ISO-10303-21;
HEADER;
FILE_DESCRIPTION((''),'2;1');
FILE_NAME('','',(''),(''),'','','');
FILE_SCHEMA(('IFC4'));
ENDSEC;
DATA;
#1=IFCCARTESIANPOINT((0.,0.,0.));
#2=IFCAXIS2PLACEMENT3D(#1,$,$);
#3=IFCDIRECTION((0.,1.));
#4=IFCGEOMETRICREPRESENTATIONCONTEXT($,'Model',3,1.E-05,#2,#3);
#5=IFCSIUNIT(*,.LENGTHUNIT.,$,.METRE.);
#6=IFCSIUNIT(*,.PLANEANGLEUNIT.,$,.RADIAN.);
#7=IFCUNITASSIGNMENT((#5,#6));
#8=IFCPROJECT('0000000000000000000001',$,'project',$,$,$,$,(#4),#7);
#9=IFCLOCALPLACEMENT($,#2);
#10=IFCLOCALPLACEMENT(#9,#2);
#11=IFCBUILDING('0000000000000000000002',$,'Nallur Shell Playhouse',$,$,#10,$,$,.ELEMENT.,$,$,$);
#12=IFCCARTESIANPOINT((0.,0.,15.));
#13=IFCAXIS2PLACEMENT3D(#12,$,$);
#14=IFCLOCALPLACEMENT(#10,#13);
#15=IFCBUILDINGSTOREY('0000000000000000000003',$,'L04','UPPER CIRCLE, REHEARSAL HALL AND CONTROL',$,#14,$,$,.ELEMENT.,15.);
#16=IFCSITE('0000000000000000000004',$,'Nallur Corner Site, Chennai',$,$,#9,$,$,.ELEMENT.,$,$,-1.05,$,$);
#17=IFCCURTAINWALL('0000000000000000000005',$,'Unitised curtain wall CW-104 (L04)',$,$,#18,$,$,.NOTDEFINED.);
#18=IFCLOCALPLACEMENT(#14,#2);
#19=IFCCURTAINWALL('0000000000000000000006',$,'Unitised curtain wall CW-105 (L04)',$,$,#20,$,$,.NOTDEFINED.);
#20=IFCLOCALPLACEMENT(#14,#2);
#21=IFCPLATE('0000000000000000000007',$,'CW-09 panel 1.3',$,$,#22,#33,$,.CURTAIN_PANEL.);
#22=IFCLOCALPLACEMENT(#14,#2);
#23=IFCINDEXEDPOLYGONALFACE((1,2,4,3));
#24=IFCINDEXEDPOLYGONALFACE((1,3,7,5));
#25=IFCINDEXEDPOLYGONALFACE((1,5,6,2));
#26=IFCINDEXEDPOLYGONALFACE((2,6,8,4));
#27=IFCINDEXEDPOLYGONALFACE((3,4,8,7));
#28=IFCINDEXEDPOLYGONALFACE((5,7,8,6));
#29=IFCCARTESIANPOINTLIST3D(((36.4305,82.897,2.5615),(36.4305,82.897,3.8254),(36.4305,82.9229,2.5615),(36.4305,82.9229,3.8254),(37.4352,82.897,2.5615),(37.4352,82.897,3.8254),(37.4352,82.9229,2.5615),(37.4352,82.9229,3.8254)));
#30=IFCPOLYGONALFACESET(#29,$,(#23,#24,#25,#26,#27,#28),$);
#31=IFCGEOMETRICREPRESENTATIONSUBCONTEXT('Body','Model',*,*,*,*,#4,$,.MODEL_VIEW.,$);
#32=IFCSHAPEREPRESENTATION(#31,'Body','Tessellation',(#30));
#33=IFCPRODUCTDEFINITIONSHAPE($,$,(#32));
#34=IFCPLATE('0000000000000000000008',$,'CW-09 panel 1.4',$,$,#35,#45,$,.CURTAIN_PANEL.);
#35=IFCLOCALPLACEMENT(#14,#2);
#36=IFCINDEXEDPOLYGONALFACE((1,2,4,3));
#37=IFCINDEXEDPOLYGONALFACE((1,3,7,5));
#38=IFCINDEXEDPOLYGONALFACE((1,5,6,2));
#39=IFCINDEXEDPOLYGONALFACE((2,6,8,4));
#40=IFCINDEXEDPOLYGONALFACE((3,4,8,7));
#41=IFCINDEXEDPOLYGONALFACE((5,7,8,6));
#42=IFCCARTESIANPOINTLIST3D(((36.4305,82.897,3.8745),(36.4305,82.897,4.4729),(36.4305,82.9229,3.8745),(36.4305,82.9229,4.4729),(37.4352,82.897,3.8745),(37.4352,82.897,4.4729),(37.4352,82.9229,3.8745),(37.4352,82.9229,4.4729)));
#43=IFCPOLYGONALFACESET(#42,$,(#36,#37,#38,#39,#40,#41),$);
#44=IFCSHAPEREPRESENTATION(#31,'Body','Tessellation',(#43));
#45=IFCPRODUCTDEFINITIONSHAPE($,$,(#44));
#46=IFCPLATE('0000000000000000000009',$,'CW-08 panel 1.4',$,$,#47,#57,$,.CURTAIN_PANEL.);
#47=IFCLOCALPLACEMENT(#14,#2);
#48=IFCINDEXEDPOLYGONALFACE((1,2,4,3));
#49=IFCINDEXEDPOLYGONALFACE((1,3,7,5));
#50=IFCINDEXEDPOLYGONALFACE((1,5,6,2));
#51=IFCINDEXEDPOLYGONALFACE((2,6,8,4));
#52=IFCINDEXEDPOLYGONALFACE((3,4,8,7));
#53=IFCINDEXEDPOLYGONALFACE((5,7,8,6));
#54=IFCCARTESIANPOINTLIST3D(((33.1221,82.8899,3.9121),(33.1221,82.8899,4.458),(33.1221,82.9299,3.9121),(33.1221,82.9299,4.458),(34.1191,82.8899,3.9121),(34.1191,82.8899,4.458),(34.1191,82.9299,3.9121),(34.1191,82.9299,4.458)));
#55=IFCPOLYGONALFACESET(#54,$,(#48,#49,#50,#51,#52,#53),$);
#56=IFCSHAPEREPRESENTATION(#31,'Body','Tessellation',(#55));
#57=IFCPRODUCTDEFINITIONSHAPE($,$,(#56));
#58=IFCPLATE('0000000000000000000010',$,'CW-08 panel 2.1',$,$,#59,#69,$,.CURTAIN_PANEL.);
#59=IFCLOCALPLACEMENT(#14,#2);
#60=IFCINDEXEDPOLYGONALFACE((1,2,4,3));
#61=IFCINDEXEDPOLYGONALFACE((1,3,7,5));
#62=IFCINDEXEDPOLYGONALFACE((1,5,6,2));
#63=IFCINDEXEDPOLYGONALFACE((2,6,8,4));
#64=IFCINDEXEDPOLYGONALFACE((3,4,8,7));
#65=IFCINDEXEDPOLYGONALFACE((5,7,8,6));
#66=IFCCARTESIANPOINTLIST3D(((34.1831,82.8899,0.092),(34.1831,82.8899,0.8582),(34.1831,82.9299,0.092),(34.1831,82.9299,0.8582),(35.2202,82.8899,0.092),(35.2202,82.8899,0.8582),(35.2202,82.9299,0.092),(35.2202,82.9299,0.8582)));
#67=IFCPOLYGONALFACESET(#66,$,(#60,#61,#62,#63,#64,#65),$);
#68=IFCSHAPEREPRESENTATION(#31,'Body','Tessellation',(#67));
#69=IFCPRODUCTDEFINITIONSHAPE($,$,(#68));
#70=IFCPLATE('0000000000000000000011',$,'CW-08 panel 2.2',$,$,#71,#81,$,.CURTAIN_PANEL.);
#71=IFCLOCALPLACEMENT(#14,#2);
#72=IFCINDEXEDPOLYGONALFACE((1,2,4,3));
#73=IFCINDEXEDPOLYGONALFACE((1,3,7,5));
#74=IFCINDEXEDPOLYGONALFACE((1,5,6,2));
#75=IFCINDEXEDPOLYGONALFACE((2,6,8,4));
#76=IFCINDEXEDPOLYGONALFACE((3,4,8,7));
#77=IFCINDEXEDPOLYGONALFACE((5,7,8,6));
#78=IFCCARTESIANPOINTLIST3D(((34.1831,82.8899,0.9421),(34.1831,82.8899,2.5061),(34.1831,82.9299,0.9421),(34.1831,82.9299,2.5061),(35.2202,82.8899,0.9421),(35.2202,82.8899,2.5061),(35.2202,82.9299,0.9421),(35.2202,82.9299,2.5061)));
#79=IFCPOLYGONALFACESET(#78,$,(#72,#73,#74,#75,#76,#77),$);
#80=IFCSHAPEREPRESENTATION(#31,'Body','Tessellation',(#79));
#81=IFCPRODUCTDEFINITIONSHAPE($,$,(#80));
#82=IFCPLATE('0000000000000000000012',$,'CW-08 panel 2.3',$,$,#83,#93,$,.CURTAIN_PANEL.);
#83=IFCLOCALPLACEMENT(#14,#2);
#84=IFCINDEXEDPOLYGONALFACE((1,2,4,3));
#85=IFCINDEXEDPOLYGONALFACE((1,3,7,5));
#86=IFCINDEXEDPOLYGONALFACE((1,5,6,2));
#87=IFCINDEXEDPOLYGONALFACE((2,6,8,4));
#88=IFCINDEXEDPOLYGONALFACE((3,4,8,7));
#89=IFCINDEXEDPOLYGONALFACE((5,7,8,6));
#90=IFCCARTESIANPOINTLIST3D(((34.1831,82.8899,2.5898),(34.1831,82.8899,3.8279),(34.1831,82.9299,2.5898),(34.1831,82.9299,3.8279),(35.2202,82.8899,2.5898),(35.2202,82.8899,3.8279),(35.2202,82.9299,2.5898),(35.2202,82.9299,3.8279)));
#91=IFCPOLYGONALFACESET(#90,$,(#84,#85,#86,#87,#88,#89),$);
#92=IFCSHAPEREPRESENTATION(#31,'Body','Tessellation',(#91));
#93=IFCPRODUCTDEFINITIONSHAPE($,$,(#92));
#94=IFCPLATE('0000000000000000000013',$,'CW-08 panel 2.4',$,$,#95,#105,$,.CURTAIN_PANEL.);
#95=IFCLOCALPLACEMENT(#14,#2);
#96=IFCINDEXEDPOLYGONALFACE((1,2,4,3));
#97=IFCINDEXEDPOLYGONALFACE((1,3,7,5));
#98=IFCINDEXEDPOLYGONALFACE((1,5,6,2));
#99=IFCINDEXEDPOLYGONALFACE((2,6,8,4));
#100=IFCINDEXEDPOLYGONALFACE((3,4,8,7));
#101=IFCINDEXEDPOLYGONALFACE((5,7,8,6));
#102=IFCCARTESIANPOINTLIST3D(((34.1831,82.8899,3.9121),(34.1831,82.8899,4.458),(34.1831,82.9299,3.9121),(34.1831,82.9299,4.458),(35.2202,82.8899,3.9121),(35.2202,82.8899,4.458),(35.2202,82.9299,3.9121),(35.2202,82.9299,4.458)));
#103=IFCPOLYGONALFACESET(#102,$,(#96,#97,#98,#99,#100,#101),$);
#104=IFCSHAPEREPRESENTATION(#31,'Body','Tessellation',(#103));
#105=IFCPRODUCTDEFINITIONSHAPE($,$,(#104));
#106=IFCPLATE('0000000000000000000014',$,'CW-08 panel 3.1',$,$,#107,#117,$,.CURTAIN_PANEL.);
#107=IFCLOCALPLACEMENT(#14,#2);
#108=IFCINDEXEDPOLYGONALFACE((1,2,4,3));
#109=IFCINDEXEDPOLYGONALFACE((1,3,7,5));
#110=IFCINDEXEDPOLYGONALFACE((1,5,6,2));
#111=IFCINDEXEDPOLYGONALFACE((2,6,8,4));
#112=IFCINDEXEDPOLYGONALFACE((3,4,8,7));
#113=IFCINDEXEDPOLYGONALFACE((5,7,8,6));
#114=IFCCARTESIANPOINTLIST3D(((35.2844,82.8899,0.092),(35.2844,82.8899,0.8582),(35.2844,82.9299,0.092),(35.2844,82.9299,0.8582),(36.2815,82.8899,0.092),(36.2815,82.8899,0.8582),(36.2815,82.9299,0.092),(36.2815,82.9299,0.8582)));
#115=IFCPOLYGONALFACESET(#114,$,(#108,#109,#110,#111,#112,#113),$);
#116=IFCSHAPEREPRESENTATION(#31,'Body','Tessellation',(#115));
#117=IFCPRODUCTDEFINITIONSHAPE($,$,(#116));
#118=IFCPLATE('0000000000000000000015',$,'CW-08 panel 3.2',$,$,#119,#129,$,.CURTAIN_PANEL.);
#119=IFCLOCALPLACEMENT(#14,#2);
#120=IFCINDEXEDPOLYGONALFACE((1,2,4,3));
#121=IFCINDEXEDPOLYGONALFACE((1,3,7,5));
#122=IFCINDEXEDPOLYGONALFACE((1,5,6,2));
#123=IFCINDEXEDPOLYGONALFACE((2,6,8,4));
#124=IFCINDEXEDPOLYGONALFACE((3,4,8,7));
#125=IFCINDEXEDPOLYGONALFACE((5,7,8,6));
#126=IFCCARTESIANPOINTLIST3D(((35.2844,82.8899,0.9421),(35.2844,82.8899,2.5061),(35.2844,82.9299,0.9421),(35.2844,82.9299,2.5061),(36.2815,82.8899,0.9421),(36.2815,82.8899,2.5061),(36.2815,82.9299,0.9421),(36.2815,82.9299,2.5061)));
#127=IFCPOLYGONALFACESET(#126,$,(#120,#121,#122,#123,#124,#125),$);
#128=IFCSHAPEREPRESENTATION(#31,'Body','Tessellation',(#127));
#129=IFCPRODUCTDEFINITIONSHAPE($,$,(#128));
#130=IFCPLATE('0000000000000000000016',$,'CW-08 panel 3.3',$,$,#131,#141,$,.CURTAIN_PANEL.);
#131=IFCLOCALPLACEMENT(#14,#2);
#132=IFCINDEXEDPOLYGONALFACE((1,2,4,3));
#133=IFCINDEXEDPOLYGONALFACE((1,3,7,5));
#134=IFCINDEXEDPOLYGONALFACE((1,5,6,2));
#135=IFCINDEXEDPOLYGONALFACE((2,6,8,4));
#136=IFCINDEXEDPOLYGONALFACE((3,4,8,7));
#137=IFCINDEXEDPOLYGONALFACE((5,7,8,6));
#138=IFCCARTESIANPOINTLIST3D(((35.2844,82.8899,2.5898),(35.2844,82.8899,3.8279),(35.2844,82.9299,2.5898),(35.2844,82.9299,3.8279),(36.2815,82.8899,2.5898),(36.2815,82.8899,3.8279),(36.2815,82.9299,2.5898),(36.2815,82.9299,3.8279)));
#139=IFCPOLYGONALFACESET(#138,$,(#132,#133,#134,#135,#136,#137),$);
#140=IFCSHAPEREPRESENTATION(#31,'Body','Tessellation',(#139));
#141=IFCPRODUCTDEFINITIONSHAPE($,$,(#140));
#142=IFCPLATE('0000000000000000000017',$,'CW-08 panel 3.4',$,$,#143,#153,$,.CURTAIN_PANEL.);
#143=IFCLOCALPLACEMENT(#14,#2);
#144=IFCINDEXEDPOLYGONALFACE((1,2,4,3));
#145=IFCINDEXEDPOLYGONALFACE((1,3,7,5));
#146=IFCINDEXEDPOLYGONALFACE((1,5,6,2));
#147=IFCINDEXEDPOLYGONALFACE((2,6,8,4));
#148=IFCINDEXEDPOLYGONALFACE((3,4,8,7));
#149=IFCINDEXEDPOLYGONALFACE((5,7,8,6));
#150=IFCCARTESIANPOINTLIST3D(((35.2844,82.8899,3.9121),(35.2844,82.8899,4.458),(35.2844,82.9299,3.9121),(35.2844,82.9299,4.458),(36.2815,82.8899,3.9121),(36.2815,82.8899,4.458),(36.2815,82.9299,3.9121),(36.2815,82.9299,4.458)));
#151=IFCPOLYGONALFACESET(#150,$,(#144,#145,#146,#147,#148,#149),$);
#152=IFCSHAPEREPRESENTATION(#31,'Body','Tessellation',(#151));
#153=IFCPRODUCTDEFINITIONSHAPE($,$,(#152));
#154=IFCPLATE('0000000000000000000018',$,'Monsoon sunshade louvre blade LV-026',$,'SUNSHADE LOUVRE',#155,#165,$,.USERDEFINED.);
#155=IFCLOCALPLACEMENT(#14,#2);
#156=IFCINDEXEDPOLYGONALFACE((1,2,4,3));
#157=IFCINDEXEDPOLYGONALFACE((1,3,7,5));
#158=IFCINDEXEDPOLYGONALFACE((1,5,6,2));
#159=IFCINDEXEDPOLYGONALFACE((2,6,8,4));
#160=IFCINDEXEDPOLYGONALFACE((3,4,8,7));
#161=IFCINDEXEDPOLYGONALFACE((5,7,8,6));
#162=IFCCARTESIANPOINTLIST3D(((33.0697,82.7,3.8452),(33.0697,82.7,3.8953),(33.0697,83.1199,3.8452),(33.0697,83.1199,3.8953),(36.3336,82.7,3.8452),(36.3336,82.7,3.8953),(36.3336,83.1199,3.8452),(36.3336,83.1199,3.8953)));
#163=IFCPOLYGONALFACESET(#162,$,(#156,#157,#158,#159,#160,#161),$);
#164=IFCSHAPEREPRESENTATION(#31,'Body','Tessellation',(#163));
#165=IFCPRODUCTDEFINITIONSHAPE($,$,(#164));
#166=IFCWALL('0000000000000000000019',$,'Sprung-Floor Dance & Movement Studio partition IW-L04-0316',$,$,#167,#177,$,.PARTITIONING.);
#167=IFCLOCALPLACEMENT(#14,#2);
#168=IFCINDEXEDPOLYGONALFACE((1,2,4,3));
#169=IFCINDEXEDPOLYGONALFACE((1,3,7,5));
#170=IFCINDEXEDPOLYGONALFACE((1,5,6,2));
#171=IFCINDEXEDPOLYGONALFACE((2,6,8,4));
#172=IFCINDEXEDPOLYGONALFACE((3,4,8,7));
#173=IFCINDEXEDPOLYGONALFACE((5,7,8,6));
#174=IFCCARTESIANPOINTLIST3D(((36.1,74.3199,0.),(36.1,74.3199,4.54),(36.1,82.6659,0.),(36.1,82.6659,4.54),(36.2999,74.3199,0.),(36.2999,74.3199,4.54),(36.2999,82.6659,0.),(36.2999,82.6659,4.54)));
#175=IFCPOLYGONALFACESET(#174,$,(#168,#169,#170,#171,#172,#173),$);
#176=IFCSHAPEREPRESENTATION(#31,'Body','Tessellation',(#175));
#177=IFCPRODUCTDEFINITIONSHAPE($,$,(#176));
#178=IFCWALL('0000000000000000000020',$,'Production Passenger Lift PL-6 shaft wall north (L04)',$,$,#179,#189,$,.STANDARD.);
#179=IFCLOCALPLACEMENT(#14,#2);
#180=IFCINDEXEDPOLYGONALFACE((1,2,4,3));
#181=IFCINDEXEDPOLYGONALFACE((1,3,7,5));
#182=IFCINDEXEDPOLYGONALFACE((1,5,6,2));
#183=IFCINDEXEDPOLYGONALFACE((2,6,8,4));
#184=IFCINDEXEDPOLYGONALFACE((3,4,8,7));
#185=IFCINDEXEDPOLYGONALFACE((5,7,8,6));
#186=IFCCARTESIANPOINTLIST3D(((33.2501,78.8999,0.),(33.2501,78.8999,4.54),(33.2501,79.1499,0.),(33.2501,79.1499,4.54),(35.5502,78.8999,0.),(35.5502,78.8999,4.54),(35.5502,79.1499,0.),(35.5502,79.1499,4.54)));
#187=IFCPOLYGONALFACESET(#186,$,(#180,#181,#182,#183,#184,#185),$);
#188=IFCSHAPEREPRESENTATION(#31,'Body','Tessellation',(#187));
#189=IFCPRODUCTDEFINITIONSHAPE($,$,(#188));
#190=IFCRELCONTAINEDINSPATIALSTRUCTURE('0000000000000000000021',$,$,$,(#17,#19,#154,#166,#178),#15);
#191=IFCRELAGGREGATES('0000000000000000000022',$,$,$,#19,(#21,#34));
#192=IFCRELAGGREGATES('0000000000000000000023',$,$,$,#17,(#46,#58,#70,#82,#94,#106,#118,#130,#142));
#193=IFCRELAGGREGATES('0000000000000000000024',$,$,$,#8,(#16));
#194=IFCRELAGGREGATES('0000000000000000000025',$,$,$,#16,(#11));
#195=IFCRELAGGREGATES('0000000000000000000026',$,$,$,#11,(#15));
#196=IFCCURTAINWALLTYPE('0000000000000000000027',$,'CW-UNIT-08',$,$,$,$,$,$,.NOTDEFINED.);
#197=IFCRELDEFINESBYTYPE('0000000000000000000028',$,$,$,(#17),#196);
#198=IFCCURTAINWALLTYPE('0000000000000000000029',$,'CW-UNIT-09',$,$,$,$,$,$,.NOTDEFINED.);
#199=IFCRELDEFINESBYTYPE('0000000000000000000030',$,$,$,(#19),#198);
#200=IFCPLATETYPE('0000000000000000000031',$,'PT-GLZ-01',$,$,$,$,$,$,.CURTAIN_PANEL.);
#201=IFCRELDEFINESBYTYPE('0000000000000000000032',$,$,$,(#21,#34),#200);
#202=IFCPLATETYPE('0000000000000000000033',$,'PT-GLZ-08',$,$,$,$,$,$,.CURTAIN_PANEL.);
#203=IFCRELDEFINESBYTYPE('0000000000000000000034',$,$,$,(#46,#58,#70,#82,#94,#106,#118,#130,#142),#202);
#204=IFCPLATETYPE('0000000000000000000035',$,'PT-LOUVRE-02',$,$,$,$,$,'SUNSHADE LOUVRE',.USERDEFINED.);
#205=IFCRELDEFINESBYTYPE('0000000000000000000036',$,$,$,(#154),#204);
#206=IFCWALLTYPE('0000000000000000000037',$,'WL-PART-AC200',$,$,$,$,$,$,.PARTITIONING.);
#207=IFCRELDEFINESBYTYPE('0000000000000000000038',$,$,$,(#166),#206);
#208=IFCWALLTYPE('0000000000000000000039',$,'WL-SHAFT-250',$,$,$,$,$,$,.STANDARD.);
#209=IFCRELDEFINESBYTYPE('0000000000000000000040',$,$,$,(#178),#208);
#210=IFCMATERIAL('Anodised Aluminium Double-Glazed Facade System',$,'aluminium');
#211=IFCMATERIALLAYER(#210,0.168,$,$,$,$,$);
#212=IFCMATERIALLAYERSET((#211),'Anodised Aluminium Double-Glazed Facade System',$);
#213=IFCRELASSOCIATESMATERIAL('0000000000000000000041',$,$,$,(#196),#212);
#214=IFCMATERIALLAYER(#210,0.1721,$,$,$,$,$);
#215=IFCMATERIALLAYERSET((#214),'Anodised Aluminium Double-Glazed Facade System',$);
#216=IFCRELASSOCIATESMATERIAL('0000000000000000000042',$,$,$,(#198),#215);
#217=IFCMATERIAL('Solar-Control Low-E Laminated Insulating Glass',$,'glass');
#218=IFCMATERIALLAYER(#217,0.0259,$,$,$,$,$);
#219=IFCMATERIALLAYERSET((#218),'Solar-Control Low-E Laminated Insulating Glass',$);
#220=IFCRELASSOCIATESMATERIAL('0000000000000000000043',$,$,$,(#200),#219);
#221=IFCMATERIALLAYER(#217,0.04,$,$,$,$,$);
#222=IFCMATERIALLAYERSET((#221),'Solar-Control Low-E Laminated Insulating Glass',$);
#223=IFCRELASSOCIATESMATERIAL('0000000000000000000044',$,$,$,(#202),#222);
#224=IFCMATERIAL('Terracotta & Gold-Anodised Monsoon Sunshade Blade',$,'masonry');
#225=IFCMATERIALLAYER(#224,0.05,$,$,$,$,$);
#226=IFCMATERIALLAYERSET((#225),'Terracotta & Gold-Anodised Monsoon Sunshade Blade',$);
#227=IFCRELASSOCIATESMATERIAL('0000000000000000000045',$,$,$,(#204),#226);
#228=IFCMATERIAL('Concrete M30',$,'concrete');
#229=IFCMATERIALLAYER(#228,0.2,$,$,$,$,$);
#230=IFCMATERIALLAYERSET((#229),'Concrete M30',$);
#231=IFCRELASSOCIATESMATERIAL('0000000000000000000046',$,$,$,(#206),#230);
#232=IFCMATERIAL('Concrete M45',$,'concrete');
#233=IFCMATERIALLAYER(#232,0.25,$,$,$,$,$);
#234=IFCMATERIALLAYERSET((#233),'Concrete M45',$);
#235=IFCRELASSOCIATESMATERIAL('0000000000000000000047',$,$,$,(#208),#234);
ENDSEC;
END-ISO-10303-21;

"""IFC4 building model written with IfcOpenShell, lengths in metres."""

from ifc_helpers import new_model, si_unit, direction, frame, frame_2d, origin, origin_2d, place, context, subcontext, project, spatial, rectangle, extrude, material, layer, layer_set, type_object, element, aggregate, save


model = new_model("IFC4")

# Units and contexts
model_context = context("Model", 3, precision=1e-05, world=origin(), true_north=direction((0.0, 1.0)))
body_context = subcontext(model_context, "Body", "Model", "MODEL_VIEW")
ifc_project = project(units=[si_unit("LENGTHUNIT", "METRE"), si_unit("PLANEANGLEUNIT", "RADIAN")], contexts=[model_context])

# Site, building, storey
site_placement = place(None, origin())
site = spatial("IfcSite", under=ifc_project, at=site_placement, Name="Nallur Corner Site, Chennai", CompositionType="ELEMENT", RefElevation=-1.05)
building_placement = place(site_placement, origin())
building = spatial("IfcBuilding", under=site, at=building_placement, Name="Nallur Shell Playhouse", CompositionType="ELEMENT")
storey_placement = place(building_placement, frame((0.0, 0.0, 15.0)))
storey = spatial("IfcBuildingStorey", under=building, at=storey_placement, Name="L04", Description="UPPER CIRCLE, REHEARSAL HALL AND CONTROL", CompositionType="ELEMENT", Elevation=15.0)

# Curtain walls
ifc_material_1 = material(Name="Anodised Aluminium Double-Glazed Facade System", Category="aluminium")
ifc_layer_1 = layer(ifc_material_1, 0.168)
ifc_layer_set_1 = layer_set([ifc_layer_1], Name="Anodised Aluminium Double-Glazed Facade System")
curtain_wall_type_1 = type_object("IfcCurtainWallType", Name="CW-UNIT-08", PredefinedType="NOTDEFINED", material=ifc_layer_set_1)
curtain_wall_1_placement = place(storey_placement, origin())
curtain_wall_1 = element("IfcCurtainWall", 1, at=curtain_wall_1_placement, inside=storey, type_object=curtain_wall_type_1, Name="Unitised curtain wall CW-104 (L04)", PredefinedType="NOTDEFINED")
ifc_layer_2 = layer(ifc_material_1, 0.1721)
ifc_layer_set_2 = layer_set([ifc_layer_2], Name="Anodised Aluminium Double-Glazed Facade System")
curtain_wall_type_2 = type_object("IfcCurtainWallType", Name="CW-UNIT-09", PredefinedType="NOTDEFINED", material=ifc_layer_set_2)
curtain_wall_2_placement = place(storey_placement, origin())
curtain_wall_2 = element("IfcCurtainWall", 2, at=curtain_wall_2_placement, inside=storey, type_object=curtain_wall_type_2, Name="Unitised curtain wall CW-105 (L04)", PredefinedType="NOTDEFINED")

# Plates
ifc_material_2 = material(Name="Solar-Control Low-E Laminated Insulating Glass", Category="glass")
ifc_layer_3 = layer(ifc_material_2, 0.0259)
ifc_layer_set_3 = layer_set([ifc_layer_3], Name="Solar-Control Low-E Laminated Insulating Glass")
plate_type_1 = type_object("IfcPlateType", Name="PT-GLZ-01", PredefinedType="CURTAIN_PANEL", material=ifc_layer_set_3)
plate_1_placement = place(storey_placement, frame((36.9329, 82.9099, 2.5615), z_axis=(0.0, 0.0, 1.0), x_axis=(1.0, 0.0, 0.0)))
plate_1 = element("IfcPlate", 3, at=plate_1_placement, type_object=plate_type_1, Name="CW-09 panel 1.3", PredefinedType="CURTAIN_PANEL", context=body_context, shape_type="SweptSolid", body=[
    extrude(rectangle(XDim=1.0046, YDim=0.0259, at=origin_2d()), origin(), (0.0, 0.0, 1.0), 1.2639),
])
plate_2_placement = place(storey_placement, frame((36.9329, 82.9099, 3.8745), z_axis=(0.0, 0.0, 1.0), x_axis=(1.0, 0.0, 0.0)))
plate_2 = element("IfcPlate", 4, at=plate_2_placement, type_object=plate_type_1, Name="CW-09 panel 1.4", PredefinedType="CURTAIN_PANEL", context=body_context, shape_type="SweptSolid", body=[
    extrude(rectangle(XDim=1.0046, YDim=0.0259, at=origin_2d()), origin(), (0.0, 0.0, 1.0), 0.5984),
])
aggregate(curtain_wall_2, [plate_1, plate_2])
ifc_layer_4 = layer(ifc_material_2, 0.04)
ifc_layer_set_4 = layer_set([ifc_layer_4], Name="Solar-Control Low-E Laminated Insulating Glass")
plate_type_2 = type_object("IfcPlateType", Name="PT-GLZ-08", PredefinedType="CURTAIN_PANEL", material=ifc_layer_set_4)
plate_3_placement = place(storey_placement, frame((33.6206, 82.9099, 3.9121), z_axis=(0.0, 0.0, 1.0), x_axis=(1.0, 0.0, 0.0)))
plate_3 = element("IfcPlate", 5, at=plate_3_placement, type_object=plate_type_2, Name="CW-08 panel 1.4", PredefinedType="CURTAIN_PANEL", context=body_context, shape_type="SweptSolid", body=[
    extrude(rectangle(XDim=0.9971, YDim=0.04, at=origin_2d()), origin(), (0.0, 0.0, 1.0), 0.5459),
])
plate_4_placement = place(storey_placement, frame((34.7017, 82.9099, 0.092), z_axis=(0.0, 0.0, 1.0), x_axis=(1.0, 0.0, 0.0)))
plate_4 = element("IfcPlate", 6, at=plate_4_placement, type_object=plate_type_2, Name="CW-08 panel 2.1", PredefinedType="CURTAIN_PANEL", context=body_context, shape_type="SweptSolid", body=[
    extrude(rectangle(XDim=1.0371, YDim=0.04, at=origin_2d()), origin(), (0.0, 0.0, 1.0), 0.7661),
])
plate_5_placement = place(storey_placement, frame((34.7017, 82.9099, 0.9421), z_axis=(0.0, 0.0, 1.0), x_axis=(1.0, 0.0, 0.0)))
plate_5 = element("IfcPlate", 7, at=plate_5_placement, type_object=plate_type_2, Name="CW-08 panel 2.2", PredefinedType="CURTAIN_PANEL", context=body_context, shape_type="SweptSolid", body=[
    extrude(rectangle(XDim=1.0371, YDim=0.04, at=origin_2d()), origin(), (0.0, 0.0, 1.0), 1.564),
])
plate_6_placement = place(storey_placement, frame((34.7017, 82.9099, 2.5898), z_axis=(0.0, 0.0, 1.0), x_axis=(1.0, 0.0, 0.0)))
plate_6 = element("IfcPlate", 8, at=plate_6_placement, type_object=plate_type_2, Name="CW-08 panel 2.3", PredefinedType="CURTAIN_PANEL", context=body_context, shape_type="SweptSolid", body=[
    extrude(rectangle(XDim=1.0371, YDim=0.04, at=origin_2d()), origin(), (0.0, 0.0, 1.0), 1.238),
])
plate_7_placement = place(storey_placement, frame((34.7017, 82.9099, 3.9121), z_axis=(0.0, 0.0, 1.0), x_axis=(1.0, 0.0, 0.0)))
plate_7 = element("IfcPlate", 9, at=plate_7_placement, type_object=plate_type_2, Name="CW-08 panel 2.4", PredefinedType="CURTAIN_PANEL", context=body_context, shape_type="SweptSolid", body=[
    extrude(rectangle(XDim=1.0371, YDim=0.04, at=origin_2d()), origin(), (0.0, 0.0, 1.0), 0.5459),
])
plate_8_placement = place(storey_placement, frame((35.783, 82.9099, 0.092), z_axis=(0.0, 0.0, 1.0), x_axis=(1.0, 0.0, 0.0)))
plate_8 = element("IfcPlate", 10, at=plate_8_placement, type_object=plate_type_2, Name="CW-08 panel 3.1", PredefinedType="CURTAIN_PANEL", context=body_context, shape_type="SweptSolid", body=[
    extrude(rectangle(XDim=0.9971, YDim=0.04, at=origin_2d()), origin(), (0.0, 0.0, 1.0), 0.7661),
])
plate_9_placement = place(storey_placement, frame((35.783, 82.9099, 0.9421), z_axis=(0.0, 0.0, 1.0), x_axis=(1.0, 0.0, 0.0)))
plate_9 = element("IfcPlate", 11, at=plate_9_placement, type_object=plate_type_2, Name="CW-08 panel 3.2", PredefinedType="CURTAIN_PANEL", context=body_context, shape_type="SweptSolid", body=[
    extrude(rectangle(XDim=0.9971, YDim=0.04, at=origin_2d()), origin(), (0.0, 0.0, 1.0), 1.564),
])
plate_10_placement = place(storey_placement, frame((35.783, 82.9099, 2.5898), z_axis=(0.0, 0.0, 1.0), x_axis=(1.0, 0.0, 0.0)))
plate_10 = element("IfcPlate", 12, at=plate_10_placement, type_object=plate_type_2, Name="CW-08 panel 3.3", PredefinedType="CURTAIN_PANEL", context=body_context, shape_type="SweptSolid", body=[
    extrude(rectangle(XDim=0.9971, YDim=0.04, at=origin_2d()), origin(), (0.0, 0.0, 1.0), 1.238),
])
plate_11_placement = place(storey_placement, frame((35.783, 82.9099, 3.9121), z_axis=(0.0, 0.0, 1.0), x_axis=(1.0, 0.0, 0.0)))
plate_11 = element("IfcPlate", 13, at=plate_11_placement, type_object=plate_type_2, Name="CW-08 panel 3.4", PredefinedType="CURTAIN_PANEL", context=body_context, shape_type="SweptSolid", body=[
    extrude(rectangle(XDim=0.9971, YDim=0.04, at=origin_2d()), origin(), (0.0, 0.0, 1.0), 0.5459),
])
aggregate(curtain_wall_1, [plate_3, plate_4, plate_5, plate_6, plate_7, plate_8, plate_9, plate_10, plate_11])
ifc_material_3 = material(Name="Terracotta & Gold-Anodised Monsoon Sunshade Blade", Category="masonry")
ifc_layer_5 = layer(ifc_material_3, 0.05)
ifc_layer_set_5 = layer_set([ifc_layer_5], Name="Terracotta & Gold-Anodised Monsoon Sunshade Blade")
plate_type_3 = type_object("IfcPlateType", Name="PT-LOUVRE-02", ElementType="SUNSHADE LOUVRE", PredefinedType="USERDEFINED", material=ifc_layer_set_5)
plate_12_placement = place(storey_placement, frame((34.7017, 82.9099, 3.8452), z_axis=(0.0, 0.0, 1.0), x_axis=(1.0, 0.0, 0.0)))
element("IfcPlate", 14, at=plate_12_placement, inside=storey, type_object=plate_type_3, Name="Monsoon sunshade louvre blade LV-026", ObjectType="SUNSHADE LOUVRE", PredefinedType="USERDEFINED", context=body_context, shape_type="SweptSolid", body=[
    extrude(rectangle(XDim=3.2639, YDim=0.4199, at=origin_2d()), origin(), (0.0, 0.0, 1.0), 0.05),
])

# Walls
ifc_material_4 = material(Name="Concrete M30", Category="concrete")
ifc_layer_6 = layer(ifc_material_4, 0.2)
ifc_layer_set_6 = layer_set([ifc_layer_6], Name="Concrete M30")
wall_type_1 = type_object("IfcWallType", Name="WL-PART-AC200", PredefinedType="PARTITIONING", material=ifc_layer_set_6)
wall_1_placement = place(storey_placement, frame((36.2, 74.3201, 0.0), z_axis=(0.0, 0.0, 1.0), x_axis=(0.0, 1.0, 0.0)))
element("IfcWall", 15, at=wall_1_placement, inside=storey, type_object=wall_type_1, Name="Sprung-Floor Dance & Movement Studio partition IW-L04-0316", PredefinedType="PARTITIONING", context=body_context, shape_type="SweptSolid", body=[
    extrude(rectangle(XDim=8.3459, YDim=0.2, at=frame_2d((4.1729, 0.0))), origin(), (0.0, 0.0, 1.0), 4.54),
])
ifc_material_5 = material(Name="Concrete M45", Category="concrete")
ifc_layer_7 = layer(ifc_material_5, 0.25)
ifc_layer_set_7 = layer_set([ifc_layer_7], Name="Concrete M45")
wall_type_2 = type_object("IfcWallType", Name="WL-SHAFT-250", PredefinedType="STANDARD", material=ifc_layer_set_7)
wall_2_placement = place(storey_placement, frame((35.55, 79.0249, 0.0), z_axis=(0.0, 0.0, 1.0), x_axis=(-1.0, 0.0, 0.0)))
element("IfcWall", 16, at=wall_2_placement, inside=storey, type_object=wall_type_2, Name="Production Passenger Lift PL-6 shaft wall north (L04)", PredefinedType="STANDARD", context=body_context, shape_type="SweptSolid", body=[
    extrude(rectangle(XDim=2.3, YDim=0.25, at=frame_2d((1.1499, 0.0))), origin(), (0.0, 0.0, 1.0), 4.54),
])

save(model, "model.ifc")
